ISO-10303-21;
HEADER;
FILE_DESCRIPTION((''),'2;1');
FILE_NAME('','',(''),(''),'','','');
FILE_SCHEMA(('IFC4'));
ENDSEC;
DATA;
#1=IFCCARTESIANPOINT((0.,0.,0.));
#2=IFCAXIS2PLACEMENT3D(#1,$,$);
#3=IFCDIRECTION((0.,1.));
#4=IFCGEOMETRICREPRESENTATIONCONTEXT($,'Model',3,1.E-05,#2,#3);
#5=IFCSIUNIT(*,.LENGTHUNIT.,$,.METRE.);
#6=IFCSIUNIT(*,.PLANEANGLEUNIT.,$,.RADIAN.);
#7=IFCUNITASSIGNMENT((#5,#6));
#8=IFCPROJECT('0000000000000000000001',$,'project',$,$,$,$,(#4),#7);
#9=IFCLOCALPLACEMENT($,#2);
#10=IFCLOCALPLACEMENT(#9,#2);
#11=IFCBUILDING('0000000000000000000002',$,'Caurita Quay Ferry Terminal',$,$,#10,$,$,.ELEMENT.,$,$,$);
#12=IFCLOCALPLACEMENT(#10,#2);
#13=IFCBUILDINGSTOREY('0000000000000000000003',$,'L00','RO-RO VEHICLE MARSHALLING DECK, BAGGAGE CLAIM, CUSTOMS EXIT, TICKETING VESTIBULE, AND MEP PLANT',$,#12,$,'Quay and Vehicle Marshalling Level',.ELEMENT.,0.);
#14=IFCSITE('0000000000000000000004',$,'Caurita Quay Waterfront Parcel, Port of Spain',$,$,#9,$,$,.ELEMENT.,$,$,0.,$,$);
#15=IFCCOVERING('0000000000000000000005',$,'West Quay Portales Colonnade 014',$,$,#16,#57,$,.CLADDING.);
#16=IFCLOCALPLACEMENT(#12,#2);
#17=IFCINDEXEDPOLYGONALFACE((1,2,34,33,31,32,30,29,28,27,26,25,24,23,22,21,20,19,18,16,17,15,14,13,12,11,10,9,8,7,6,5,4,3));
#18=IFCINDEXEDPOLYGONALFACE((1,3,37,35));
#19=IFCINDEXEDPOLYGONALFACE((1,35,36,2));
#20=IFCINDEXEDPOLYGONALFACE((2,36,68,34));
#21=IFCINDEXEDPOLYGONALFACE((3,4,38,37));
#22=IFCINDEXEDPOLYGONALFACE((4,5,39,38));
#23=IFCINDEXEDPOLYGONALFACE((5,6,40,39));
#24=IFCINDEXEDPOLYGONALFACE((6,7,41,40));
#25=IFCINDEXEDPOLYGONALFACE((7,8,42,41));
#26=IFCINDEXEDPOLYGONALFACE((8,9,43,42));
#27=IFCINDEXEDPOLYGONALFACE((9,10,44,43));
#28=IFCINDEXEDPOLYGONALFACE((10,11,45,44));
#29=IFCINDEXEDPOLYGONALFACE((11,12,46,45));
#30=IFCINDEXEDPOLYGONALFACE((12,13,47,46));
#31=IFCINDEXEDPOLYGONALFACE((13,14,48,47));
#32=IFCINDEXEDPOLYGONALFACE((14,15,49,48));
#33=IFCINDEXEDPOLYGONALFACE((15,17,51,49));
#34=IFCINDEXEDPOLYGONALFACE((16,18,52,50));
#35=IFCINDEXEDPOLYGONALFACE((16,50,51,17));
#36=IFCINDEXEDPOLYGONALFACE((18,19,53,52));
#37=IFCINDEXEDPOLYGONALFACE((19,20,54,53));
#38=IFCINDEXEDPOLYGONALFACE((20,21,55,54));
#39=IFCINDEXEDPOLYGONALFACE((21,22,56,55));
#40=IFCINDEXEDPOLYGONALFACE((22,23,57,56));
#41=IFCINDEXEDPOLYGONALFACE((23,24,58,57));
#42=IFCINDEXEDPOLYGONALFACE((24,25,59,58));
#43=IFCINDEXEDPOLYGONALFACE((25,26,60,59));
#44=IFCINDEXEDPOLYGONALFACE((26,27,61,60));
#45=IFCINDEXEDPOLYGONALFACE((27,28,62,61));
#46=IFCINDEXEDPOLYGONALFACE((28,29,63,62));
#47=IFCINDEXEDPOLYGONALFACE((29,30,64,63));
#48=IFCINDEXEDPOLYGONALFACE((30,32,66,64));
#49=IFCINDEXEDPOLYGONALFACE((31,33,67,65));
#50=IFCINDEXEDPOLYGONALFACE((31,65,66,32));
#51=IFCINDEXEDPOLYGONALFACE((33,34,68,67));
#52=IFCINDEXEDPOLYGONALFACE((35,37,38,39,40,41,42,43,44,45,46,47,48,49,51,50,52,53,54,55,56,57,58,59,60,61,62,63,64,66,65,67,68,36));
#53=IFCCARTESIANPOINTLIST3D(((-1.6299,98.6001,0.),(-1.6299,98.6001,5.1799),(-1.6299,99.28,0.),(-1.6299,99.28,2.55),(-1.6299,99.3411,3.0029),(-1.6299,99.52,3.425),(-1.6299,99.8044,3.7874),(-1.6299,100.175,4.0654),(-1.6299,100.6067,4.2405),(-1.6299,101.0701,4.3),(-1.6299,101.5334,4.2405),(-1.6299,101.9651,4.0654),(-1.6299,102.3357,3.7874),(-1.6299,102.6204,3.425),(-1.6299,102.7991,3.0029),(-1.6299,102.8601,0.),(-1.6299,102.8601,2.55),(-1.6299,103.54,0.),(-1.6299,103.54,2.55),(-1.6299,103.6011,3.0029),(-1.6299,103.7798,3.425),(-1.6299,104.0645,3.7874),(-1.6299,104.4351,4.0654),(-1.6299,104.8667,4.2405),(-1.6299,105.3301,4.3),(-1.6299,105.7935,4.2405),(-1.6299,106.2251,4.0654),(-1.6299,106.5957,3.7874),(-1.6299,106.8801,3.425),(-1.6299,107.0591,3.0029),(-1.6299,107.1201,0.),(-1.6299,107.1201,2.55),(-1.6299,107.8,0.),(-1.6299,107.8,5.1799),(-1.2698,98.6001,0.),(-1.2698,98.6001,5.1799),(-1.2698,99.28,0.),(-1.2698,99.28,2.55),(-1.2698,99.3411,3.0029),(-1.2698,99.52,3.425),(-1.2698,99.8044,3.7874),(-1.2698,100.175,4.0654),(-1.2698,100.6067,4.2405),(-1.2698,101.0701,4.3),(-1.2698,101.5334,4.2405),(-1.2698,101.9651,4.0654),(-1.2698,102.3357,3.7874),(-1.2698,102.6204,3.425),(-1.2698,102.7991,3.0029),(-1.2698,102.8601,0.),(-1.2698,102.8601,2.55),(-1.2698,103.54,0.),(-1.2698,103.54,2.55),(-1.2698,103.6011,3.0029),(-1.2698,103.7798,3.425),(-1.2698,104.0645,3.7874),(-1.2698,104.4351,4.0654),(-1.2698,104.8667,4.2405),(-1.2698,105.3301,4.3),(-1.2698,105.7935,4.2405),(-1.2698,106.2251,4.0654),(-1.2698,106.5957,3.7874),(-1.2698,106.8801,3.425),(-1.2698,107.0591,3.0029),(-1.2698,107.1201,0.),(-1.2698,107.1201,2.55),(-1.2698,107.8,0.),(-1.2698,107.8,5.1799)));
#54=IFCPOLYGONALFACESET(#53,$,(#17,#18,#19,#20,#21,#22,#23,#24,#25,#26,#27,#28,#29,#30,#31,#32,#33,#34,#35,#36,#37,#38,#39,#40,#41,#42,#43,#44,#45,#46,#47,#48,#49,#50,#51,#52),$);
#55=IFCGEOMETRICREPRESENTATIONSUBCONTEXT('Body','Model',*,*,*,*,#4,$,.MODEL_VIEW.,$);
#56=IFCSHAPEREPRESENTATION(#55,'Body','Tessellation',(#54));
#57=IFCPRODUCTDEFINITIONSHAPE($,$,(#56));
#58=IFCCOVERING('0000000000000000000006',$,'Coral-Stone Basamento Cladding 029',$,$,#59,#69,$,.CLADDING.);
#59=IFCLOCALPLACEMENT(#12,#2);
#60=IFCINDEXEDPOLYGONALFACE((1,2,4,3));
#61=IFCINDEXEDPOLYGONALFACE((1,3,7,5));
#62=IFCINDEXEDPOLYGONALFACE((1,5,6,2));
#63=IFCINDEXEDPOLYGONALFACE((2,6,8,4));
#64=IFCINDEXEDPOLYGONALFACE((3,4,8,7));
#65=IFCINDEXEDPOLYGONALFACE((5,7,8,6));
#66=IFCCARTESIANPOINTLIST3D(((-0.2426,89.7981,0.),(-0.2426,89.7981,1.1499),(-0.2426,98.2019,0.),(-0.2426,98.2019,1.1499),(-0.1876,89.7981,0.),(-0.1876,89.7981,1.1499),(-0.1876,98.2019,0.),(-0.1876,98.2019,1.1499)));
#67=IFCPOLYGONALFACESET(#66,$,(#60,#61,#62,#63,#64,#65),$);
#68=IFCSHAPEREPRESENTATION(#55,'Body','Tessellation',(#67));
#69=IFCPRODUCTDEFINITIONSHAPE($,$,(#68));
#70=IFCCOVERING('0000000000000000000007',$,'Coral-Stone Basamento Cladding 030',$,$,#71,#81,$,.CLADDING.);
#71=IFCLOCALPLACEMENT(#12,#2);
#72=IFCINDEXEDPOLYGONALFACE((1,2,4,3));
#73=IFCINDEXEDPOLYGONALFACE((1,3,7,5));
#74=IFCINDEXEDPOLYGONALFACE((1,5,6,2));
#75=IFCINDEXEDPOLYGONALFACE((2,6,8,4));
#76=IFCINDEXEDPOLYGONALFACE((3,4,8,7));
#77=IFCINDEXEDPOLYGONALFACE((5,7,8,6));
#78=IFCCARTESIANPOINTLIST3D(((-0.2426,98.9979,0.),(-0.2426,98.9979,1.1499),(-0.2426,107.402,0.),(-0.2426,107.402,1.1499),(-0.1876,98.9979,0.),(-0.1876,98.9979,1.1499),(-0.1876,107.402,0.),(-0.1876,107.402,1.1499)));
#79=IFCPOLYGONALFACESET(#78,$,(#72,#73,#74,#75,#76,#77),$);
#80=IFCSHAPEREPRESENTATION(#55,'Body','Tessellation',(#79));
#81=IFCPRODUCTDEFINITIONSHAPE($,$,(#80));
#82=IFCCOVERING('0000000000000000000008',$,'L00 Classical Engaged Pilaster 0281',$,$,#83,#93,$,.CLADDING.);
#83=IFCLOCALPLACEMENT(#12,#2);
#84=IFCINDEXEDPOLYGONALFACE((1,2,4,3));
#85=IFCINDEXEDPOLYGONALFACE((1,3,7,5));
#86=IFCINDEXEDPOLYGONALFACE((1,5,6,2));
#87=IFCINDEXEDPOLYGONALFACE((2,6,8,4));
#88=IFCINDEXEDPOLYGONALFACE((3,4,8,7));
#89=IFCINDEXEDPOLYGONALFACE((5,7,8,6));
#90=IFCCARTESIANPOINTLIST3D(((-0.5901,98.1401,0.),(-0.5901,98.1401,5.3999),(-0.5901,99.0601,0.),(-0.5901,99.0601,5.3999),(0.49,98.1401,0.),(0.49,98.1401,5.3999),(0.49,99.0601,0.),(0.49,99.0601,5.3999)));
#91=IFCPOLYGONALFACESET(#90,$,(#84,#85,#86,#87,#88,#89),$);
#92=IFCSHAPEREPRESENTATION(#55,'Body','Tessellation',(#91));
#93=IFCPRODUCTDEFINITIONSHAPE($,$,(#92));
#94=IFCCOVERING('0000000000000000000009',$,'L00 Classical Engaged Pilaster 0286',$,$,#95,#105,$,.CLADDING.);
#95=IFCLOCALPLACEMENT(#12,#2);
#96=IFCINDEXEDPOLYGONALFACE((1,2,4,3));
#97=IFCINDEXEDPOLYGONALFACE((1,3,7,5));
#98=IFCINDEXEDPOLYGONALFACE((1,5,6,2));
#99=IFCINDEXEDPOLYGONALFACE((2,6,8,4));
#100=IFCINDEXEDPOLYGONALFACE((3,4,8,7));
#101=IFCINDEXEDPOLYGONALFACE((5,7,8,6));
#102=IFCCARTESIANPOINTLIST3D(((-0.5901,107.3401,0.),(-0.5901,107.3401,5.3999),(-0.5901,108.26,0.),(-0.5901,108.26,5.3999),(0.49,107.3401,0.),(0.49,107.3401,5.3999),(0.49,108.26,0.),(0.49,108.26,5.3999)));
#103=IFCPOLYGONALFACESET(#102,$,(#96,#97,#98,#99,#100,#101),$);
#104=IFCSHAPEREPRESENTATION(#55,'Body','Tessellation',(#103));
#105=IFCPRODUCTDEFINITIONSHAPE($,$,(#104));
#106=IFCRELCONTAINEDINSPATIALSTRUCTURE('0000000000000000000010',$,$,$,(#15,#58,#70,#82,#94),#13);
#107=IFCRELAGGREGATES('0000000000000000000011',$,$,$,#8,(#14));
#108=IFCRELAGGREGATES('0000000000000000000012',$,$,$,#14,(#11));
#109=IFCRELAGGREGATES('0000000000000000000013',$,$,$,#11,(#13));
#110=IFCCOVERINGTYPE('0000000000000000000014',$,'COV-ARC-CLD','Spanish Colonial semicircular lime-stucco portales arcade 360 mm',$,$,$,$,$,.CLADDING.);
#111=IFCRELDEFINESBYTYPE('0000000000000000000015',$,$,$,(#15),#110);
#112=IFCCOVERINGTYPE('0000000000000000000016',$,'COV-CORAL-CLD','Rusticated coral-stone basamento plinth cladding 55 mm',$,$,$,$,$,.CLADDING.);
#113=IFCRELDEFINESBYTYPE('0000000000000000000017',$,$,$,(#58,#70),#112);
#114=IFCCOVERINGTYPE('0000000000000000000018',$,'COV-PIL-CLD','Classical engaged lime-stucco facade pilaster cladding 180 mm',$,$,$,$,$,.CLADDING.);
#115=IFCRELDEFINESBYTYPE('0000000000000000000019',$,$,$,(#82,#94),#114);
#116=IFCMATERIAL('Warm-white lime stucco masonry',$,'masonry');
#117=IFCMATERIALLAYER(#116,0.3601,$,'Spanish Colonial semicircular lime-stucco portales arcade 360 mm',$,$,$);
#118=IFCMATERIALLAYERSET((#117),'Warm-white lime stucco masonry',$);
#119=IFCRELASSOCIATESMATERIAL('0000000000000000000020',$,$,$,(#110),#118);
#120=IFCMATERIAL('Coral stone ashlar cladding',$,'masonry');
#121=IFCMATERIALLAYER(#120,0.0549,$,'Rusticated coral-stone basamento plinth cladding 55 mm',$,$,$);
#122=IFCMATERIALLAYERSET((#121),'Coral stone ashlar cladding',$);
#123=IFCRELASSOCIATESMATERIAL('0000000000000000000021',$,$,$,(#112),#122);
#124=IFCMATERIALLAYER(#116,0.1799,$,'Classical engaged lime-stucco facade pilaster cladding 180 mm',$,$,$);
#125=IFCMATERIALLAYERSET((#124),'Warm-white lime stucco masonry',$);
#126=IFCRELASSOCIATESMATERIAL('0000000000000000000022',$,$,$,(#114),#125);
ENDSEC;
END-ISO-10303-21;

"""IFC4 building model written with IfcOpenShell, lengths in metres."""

from ifc_helpers import new_model, si_unit, direction, frame, frame_2d, origin, origin_2d, place, context, subcontext, project, spatial, polyline, rectangle, outline, extrude, material, layer, layer_set, type_object, element, save


model = new_model("IFC4")

# Units and contexts
model_context = context("Model", 3, precision=1e-05, world=origin(), true_north=direction((0.0, 1.0)))
body_context = subcontext(model_context, "Body", "Model", "MODEL_VIEW")
ifc_project = project(units=[si_unit("LENGTHUNIT", "METRE"), si_unit("PLANEANGLEUNIT", "RADIAN")], contexts=[model_context])

# Site, building, storey
site_placement = place(None, origin())
site = spatial("IfcSite", under=ifc_project, at=site_placement, Name="Caurita Quay Waterfront Parcel, Port of Spain", CompositionType="ELEMENT", RefElevation=0.0)
building_placement = place(site_placement, origin())
building = spatial("IfcBuilding", under=site, at=building_placement, Name="Caurita Quay Ferry Terminal", CompositionType="ELEMENT")
storey_placement = place(building_placement, origin())
storey = spatial("IfcBuildingStorey", under=building, at=storey_placement, Name="L00", Description="RO-RO VEHICLE MARSHALLING DECK, BAGGAGE CLAIM, CUSTOMS EXIT, TICKETING VESTIBULE, AND MEP PLANT", LongName="Quay and Vehicle Marshalling Level", CompositionType="ELEMENT", Elevation=0.0)

# Shared definitions
ifc_material_1 = material(Name="Warm-white lime stucco masonry", Category="masonry")

# Shared definitions
ifc_material_2 = material(Name="Coral stone ashlar cladding", Category="masonry")

# Coverings
ifc_layer_1 = layer(ifc_material_1, 0.3601, Name="Spanish Colonial semicircular lime-stucco portales arcade 360 mm")
ifc_layer_set_1 = layer_set([ifc_layer_1], Name="Warm-white lime stucco masonry")
covering_type_1 = type_object("IfcCoveringType", Name="COV-ARC-CLD", Description="Spanish Colonial semicircular lime-stucco portales arcade 360 mm", PredefinedType="CLADDING", material=ifc_layer_set_1)
covering_1_placement = place(storey_placement, frame((-1.45, 107.8, 0.0), z_axis=(0.0, 0.0, 1.0), x_axis=(0.0, -1.0, 0.0)))
element("IfcCovering", 1, at=covering_1_placement, inside=storey, type_object=covering_type_1, Name="West Quay Portales Colonnade 014", PredefinedType="CLADDING", context=body_context, shape_type="SweptSolid", body=[
    extrude(outline(polyline([(0.0, 0.0), (0.6799, 0.0), (0.6799, 2.55), (0.741, 3.0029), (0.9199, 3.425), (1.2043, 3.7874), (1.575, 4.0654), (2.0066, 4.2405), (2.47, 4.3), (2.9333, 4.2405), (3.365, 4.0654), (3.7356, 3.7874), (4.0203, 3.425), (4.199, 3.0029), (4.26, 2.55), (4.26, 0.0), (4.9399, 0.0), (4.9399, 2.55), (5.001, 3.0029), (5.1797, 3.425), (5.4644, 3.7874), (5.835, 4.0654), (6.2666, 4.2405), (6.73, 4.3), (7.1934, 4.2405), (7.625, 4.0654), (7.9956, 3.7874), (8.28, 3.425), (8.459, 3.0029), (8.52, 2.55), (8.52, 0.0), (9.2, 0.0), (9.2, 5.1799), (0.0, 5.1799), (0.0, 0.0)])), frame((0.0, 0.1802, 0.0), z_axis=(0.0, -1.0, 0.0), x_axis=(1.0, 0.0, 0.0)), (0.0, 0.0, 1.0), 0.3601),
])
ifc_layer_2 = layer(ifc_material_2, 0.0549, Name="Rusticated coral-stone basamento plinth cladding 55 mm")
ifc_layer_set_2 = layer_set([ifc_layer_2], Name="Coral stone ashlar cladding")
covering_type_2 = type_object("IfcCoveringType", Name="COV-CORAL-CLD", Description="Rusticated coral-stone basamento plinth cladding 55 mm", PredefinedType="CLADDING", material=ifc_layer_set_2)
covering_2_placement = place(storey_placement, frame((-0.2151, 98.2019, 0.0), z_axis=(0.0, 0.0, 1.0), x_axis=(0.0, -1.0, 0.0)))
element("IfcCovering", 2, at=covering_2_placement, inside=storey, type_object=covering_type_2, Name="Coral-Stone Basamento Cladding 029", PredefinedType="CLADDING", context=body_context, shape_type="SweptSolid", body=[
    extrude(rectangle(XDim=8.4038, YDim=0.0549, at=frame_2d((4.2019, 0.0))), origin(), (0.0, 0.0, 1.0), 1.1499),
])
covering_3_placement = place(storey_placement, frame((-0.2151, 107.4021, 0.0), z_axis=(0.0, 0.0, 1.0), x_axis=(0.0, -1.0, 0.0)))
element("IfcCovering", 3, at=covering_3_placement, inside=storey, type_object=covering_type_2, Name="Coral-Stone Basamento Cladding 030", PredefinedType="CLADDING", context=body_context, shape_type="SweptSolid", body=[
    extrude(rectangle(XDim=8.4041, YDim=0.0549, at=frame_2d((4.2021, 0.0))), origin(), (0.0, 0.0, 1.0), 1.1499),
])
ifc_layer_3 = layer(ifc_material_1, 0.1799, Name="Classical engaged lime-stucco facade pilaster cladding 180 mm")
ifc_layer_set_3 = layer_set([ifc_layer_3], Name="Warm-white lime stucco masonry")
covering_type_3 = type_object("IfcCoveringType", Name="COV-PIL-CLD", Description="Classical engaged lime-stucco facade pilaster cladding 180 mm", PredefinedType="CLADDING", material=ifc_layer_set_3)
for number, where, z_axis, x_axis, name in (
    (4, (-0.05, 98.6001, 0.0), (0.0, 0.0, 1.0), (1.0, 0.0, 0.0), "L00 Classical Engaged Pilaster 0281"),
    (5, (-0.05, 107.8, 0.0), (0.0, 0.0, 1.0), (1.0, 0.0, 0.0), "L00 Classical Engaged Pilaster 0286"),
):
    element("IfcCovering", number, at=place(storey_placement, frame(where, z_axis=z_axis, x_axis=x_axis)), inside=storey, type_object=covering_type_3, Name=name, PredefinedType="CLADDING", context=body_context, shape_type="SweptSolid", body=[
        extrude(rectangle(XDim=1.0801, YDim=0.9199, at=origin_2d()), origin(), (0.0, 0.0, 1.0), 5.3999),
    ])

save(model, "model.ifc")
